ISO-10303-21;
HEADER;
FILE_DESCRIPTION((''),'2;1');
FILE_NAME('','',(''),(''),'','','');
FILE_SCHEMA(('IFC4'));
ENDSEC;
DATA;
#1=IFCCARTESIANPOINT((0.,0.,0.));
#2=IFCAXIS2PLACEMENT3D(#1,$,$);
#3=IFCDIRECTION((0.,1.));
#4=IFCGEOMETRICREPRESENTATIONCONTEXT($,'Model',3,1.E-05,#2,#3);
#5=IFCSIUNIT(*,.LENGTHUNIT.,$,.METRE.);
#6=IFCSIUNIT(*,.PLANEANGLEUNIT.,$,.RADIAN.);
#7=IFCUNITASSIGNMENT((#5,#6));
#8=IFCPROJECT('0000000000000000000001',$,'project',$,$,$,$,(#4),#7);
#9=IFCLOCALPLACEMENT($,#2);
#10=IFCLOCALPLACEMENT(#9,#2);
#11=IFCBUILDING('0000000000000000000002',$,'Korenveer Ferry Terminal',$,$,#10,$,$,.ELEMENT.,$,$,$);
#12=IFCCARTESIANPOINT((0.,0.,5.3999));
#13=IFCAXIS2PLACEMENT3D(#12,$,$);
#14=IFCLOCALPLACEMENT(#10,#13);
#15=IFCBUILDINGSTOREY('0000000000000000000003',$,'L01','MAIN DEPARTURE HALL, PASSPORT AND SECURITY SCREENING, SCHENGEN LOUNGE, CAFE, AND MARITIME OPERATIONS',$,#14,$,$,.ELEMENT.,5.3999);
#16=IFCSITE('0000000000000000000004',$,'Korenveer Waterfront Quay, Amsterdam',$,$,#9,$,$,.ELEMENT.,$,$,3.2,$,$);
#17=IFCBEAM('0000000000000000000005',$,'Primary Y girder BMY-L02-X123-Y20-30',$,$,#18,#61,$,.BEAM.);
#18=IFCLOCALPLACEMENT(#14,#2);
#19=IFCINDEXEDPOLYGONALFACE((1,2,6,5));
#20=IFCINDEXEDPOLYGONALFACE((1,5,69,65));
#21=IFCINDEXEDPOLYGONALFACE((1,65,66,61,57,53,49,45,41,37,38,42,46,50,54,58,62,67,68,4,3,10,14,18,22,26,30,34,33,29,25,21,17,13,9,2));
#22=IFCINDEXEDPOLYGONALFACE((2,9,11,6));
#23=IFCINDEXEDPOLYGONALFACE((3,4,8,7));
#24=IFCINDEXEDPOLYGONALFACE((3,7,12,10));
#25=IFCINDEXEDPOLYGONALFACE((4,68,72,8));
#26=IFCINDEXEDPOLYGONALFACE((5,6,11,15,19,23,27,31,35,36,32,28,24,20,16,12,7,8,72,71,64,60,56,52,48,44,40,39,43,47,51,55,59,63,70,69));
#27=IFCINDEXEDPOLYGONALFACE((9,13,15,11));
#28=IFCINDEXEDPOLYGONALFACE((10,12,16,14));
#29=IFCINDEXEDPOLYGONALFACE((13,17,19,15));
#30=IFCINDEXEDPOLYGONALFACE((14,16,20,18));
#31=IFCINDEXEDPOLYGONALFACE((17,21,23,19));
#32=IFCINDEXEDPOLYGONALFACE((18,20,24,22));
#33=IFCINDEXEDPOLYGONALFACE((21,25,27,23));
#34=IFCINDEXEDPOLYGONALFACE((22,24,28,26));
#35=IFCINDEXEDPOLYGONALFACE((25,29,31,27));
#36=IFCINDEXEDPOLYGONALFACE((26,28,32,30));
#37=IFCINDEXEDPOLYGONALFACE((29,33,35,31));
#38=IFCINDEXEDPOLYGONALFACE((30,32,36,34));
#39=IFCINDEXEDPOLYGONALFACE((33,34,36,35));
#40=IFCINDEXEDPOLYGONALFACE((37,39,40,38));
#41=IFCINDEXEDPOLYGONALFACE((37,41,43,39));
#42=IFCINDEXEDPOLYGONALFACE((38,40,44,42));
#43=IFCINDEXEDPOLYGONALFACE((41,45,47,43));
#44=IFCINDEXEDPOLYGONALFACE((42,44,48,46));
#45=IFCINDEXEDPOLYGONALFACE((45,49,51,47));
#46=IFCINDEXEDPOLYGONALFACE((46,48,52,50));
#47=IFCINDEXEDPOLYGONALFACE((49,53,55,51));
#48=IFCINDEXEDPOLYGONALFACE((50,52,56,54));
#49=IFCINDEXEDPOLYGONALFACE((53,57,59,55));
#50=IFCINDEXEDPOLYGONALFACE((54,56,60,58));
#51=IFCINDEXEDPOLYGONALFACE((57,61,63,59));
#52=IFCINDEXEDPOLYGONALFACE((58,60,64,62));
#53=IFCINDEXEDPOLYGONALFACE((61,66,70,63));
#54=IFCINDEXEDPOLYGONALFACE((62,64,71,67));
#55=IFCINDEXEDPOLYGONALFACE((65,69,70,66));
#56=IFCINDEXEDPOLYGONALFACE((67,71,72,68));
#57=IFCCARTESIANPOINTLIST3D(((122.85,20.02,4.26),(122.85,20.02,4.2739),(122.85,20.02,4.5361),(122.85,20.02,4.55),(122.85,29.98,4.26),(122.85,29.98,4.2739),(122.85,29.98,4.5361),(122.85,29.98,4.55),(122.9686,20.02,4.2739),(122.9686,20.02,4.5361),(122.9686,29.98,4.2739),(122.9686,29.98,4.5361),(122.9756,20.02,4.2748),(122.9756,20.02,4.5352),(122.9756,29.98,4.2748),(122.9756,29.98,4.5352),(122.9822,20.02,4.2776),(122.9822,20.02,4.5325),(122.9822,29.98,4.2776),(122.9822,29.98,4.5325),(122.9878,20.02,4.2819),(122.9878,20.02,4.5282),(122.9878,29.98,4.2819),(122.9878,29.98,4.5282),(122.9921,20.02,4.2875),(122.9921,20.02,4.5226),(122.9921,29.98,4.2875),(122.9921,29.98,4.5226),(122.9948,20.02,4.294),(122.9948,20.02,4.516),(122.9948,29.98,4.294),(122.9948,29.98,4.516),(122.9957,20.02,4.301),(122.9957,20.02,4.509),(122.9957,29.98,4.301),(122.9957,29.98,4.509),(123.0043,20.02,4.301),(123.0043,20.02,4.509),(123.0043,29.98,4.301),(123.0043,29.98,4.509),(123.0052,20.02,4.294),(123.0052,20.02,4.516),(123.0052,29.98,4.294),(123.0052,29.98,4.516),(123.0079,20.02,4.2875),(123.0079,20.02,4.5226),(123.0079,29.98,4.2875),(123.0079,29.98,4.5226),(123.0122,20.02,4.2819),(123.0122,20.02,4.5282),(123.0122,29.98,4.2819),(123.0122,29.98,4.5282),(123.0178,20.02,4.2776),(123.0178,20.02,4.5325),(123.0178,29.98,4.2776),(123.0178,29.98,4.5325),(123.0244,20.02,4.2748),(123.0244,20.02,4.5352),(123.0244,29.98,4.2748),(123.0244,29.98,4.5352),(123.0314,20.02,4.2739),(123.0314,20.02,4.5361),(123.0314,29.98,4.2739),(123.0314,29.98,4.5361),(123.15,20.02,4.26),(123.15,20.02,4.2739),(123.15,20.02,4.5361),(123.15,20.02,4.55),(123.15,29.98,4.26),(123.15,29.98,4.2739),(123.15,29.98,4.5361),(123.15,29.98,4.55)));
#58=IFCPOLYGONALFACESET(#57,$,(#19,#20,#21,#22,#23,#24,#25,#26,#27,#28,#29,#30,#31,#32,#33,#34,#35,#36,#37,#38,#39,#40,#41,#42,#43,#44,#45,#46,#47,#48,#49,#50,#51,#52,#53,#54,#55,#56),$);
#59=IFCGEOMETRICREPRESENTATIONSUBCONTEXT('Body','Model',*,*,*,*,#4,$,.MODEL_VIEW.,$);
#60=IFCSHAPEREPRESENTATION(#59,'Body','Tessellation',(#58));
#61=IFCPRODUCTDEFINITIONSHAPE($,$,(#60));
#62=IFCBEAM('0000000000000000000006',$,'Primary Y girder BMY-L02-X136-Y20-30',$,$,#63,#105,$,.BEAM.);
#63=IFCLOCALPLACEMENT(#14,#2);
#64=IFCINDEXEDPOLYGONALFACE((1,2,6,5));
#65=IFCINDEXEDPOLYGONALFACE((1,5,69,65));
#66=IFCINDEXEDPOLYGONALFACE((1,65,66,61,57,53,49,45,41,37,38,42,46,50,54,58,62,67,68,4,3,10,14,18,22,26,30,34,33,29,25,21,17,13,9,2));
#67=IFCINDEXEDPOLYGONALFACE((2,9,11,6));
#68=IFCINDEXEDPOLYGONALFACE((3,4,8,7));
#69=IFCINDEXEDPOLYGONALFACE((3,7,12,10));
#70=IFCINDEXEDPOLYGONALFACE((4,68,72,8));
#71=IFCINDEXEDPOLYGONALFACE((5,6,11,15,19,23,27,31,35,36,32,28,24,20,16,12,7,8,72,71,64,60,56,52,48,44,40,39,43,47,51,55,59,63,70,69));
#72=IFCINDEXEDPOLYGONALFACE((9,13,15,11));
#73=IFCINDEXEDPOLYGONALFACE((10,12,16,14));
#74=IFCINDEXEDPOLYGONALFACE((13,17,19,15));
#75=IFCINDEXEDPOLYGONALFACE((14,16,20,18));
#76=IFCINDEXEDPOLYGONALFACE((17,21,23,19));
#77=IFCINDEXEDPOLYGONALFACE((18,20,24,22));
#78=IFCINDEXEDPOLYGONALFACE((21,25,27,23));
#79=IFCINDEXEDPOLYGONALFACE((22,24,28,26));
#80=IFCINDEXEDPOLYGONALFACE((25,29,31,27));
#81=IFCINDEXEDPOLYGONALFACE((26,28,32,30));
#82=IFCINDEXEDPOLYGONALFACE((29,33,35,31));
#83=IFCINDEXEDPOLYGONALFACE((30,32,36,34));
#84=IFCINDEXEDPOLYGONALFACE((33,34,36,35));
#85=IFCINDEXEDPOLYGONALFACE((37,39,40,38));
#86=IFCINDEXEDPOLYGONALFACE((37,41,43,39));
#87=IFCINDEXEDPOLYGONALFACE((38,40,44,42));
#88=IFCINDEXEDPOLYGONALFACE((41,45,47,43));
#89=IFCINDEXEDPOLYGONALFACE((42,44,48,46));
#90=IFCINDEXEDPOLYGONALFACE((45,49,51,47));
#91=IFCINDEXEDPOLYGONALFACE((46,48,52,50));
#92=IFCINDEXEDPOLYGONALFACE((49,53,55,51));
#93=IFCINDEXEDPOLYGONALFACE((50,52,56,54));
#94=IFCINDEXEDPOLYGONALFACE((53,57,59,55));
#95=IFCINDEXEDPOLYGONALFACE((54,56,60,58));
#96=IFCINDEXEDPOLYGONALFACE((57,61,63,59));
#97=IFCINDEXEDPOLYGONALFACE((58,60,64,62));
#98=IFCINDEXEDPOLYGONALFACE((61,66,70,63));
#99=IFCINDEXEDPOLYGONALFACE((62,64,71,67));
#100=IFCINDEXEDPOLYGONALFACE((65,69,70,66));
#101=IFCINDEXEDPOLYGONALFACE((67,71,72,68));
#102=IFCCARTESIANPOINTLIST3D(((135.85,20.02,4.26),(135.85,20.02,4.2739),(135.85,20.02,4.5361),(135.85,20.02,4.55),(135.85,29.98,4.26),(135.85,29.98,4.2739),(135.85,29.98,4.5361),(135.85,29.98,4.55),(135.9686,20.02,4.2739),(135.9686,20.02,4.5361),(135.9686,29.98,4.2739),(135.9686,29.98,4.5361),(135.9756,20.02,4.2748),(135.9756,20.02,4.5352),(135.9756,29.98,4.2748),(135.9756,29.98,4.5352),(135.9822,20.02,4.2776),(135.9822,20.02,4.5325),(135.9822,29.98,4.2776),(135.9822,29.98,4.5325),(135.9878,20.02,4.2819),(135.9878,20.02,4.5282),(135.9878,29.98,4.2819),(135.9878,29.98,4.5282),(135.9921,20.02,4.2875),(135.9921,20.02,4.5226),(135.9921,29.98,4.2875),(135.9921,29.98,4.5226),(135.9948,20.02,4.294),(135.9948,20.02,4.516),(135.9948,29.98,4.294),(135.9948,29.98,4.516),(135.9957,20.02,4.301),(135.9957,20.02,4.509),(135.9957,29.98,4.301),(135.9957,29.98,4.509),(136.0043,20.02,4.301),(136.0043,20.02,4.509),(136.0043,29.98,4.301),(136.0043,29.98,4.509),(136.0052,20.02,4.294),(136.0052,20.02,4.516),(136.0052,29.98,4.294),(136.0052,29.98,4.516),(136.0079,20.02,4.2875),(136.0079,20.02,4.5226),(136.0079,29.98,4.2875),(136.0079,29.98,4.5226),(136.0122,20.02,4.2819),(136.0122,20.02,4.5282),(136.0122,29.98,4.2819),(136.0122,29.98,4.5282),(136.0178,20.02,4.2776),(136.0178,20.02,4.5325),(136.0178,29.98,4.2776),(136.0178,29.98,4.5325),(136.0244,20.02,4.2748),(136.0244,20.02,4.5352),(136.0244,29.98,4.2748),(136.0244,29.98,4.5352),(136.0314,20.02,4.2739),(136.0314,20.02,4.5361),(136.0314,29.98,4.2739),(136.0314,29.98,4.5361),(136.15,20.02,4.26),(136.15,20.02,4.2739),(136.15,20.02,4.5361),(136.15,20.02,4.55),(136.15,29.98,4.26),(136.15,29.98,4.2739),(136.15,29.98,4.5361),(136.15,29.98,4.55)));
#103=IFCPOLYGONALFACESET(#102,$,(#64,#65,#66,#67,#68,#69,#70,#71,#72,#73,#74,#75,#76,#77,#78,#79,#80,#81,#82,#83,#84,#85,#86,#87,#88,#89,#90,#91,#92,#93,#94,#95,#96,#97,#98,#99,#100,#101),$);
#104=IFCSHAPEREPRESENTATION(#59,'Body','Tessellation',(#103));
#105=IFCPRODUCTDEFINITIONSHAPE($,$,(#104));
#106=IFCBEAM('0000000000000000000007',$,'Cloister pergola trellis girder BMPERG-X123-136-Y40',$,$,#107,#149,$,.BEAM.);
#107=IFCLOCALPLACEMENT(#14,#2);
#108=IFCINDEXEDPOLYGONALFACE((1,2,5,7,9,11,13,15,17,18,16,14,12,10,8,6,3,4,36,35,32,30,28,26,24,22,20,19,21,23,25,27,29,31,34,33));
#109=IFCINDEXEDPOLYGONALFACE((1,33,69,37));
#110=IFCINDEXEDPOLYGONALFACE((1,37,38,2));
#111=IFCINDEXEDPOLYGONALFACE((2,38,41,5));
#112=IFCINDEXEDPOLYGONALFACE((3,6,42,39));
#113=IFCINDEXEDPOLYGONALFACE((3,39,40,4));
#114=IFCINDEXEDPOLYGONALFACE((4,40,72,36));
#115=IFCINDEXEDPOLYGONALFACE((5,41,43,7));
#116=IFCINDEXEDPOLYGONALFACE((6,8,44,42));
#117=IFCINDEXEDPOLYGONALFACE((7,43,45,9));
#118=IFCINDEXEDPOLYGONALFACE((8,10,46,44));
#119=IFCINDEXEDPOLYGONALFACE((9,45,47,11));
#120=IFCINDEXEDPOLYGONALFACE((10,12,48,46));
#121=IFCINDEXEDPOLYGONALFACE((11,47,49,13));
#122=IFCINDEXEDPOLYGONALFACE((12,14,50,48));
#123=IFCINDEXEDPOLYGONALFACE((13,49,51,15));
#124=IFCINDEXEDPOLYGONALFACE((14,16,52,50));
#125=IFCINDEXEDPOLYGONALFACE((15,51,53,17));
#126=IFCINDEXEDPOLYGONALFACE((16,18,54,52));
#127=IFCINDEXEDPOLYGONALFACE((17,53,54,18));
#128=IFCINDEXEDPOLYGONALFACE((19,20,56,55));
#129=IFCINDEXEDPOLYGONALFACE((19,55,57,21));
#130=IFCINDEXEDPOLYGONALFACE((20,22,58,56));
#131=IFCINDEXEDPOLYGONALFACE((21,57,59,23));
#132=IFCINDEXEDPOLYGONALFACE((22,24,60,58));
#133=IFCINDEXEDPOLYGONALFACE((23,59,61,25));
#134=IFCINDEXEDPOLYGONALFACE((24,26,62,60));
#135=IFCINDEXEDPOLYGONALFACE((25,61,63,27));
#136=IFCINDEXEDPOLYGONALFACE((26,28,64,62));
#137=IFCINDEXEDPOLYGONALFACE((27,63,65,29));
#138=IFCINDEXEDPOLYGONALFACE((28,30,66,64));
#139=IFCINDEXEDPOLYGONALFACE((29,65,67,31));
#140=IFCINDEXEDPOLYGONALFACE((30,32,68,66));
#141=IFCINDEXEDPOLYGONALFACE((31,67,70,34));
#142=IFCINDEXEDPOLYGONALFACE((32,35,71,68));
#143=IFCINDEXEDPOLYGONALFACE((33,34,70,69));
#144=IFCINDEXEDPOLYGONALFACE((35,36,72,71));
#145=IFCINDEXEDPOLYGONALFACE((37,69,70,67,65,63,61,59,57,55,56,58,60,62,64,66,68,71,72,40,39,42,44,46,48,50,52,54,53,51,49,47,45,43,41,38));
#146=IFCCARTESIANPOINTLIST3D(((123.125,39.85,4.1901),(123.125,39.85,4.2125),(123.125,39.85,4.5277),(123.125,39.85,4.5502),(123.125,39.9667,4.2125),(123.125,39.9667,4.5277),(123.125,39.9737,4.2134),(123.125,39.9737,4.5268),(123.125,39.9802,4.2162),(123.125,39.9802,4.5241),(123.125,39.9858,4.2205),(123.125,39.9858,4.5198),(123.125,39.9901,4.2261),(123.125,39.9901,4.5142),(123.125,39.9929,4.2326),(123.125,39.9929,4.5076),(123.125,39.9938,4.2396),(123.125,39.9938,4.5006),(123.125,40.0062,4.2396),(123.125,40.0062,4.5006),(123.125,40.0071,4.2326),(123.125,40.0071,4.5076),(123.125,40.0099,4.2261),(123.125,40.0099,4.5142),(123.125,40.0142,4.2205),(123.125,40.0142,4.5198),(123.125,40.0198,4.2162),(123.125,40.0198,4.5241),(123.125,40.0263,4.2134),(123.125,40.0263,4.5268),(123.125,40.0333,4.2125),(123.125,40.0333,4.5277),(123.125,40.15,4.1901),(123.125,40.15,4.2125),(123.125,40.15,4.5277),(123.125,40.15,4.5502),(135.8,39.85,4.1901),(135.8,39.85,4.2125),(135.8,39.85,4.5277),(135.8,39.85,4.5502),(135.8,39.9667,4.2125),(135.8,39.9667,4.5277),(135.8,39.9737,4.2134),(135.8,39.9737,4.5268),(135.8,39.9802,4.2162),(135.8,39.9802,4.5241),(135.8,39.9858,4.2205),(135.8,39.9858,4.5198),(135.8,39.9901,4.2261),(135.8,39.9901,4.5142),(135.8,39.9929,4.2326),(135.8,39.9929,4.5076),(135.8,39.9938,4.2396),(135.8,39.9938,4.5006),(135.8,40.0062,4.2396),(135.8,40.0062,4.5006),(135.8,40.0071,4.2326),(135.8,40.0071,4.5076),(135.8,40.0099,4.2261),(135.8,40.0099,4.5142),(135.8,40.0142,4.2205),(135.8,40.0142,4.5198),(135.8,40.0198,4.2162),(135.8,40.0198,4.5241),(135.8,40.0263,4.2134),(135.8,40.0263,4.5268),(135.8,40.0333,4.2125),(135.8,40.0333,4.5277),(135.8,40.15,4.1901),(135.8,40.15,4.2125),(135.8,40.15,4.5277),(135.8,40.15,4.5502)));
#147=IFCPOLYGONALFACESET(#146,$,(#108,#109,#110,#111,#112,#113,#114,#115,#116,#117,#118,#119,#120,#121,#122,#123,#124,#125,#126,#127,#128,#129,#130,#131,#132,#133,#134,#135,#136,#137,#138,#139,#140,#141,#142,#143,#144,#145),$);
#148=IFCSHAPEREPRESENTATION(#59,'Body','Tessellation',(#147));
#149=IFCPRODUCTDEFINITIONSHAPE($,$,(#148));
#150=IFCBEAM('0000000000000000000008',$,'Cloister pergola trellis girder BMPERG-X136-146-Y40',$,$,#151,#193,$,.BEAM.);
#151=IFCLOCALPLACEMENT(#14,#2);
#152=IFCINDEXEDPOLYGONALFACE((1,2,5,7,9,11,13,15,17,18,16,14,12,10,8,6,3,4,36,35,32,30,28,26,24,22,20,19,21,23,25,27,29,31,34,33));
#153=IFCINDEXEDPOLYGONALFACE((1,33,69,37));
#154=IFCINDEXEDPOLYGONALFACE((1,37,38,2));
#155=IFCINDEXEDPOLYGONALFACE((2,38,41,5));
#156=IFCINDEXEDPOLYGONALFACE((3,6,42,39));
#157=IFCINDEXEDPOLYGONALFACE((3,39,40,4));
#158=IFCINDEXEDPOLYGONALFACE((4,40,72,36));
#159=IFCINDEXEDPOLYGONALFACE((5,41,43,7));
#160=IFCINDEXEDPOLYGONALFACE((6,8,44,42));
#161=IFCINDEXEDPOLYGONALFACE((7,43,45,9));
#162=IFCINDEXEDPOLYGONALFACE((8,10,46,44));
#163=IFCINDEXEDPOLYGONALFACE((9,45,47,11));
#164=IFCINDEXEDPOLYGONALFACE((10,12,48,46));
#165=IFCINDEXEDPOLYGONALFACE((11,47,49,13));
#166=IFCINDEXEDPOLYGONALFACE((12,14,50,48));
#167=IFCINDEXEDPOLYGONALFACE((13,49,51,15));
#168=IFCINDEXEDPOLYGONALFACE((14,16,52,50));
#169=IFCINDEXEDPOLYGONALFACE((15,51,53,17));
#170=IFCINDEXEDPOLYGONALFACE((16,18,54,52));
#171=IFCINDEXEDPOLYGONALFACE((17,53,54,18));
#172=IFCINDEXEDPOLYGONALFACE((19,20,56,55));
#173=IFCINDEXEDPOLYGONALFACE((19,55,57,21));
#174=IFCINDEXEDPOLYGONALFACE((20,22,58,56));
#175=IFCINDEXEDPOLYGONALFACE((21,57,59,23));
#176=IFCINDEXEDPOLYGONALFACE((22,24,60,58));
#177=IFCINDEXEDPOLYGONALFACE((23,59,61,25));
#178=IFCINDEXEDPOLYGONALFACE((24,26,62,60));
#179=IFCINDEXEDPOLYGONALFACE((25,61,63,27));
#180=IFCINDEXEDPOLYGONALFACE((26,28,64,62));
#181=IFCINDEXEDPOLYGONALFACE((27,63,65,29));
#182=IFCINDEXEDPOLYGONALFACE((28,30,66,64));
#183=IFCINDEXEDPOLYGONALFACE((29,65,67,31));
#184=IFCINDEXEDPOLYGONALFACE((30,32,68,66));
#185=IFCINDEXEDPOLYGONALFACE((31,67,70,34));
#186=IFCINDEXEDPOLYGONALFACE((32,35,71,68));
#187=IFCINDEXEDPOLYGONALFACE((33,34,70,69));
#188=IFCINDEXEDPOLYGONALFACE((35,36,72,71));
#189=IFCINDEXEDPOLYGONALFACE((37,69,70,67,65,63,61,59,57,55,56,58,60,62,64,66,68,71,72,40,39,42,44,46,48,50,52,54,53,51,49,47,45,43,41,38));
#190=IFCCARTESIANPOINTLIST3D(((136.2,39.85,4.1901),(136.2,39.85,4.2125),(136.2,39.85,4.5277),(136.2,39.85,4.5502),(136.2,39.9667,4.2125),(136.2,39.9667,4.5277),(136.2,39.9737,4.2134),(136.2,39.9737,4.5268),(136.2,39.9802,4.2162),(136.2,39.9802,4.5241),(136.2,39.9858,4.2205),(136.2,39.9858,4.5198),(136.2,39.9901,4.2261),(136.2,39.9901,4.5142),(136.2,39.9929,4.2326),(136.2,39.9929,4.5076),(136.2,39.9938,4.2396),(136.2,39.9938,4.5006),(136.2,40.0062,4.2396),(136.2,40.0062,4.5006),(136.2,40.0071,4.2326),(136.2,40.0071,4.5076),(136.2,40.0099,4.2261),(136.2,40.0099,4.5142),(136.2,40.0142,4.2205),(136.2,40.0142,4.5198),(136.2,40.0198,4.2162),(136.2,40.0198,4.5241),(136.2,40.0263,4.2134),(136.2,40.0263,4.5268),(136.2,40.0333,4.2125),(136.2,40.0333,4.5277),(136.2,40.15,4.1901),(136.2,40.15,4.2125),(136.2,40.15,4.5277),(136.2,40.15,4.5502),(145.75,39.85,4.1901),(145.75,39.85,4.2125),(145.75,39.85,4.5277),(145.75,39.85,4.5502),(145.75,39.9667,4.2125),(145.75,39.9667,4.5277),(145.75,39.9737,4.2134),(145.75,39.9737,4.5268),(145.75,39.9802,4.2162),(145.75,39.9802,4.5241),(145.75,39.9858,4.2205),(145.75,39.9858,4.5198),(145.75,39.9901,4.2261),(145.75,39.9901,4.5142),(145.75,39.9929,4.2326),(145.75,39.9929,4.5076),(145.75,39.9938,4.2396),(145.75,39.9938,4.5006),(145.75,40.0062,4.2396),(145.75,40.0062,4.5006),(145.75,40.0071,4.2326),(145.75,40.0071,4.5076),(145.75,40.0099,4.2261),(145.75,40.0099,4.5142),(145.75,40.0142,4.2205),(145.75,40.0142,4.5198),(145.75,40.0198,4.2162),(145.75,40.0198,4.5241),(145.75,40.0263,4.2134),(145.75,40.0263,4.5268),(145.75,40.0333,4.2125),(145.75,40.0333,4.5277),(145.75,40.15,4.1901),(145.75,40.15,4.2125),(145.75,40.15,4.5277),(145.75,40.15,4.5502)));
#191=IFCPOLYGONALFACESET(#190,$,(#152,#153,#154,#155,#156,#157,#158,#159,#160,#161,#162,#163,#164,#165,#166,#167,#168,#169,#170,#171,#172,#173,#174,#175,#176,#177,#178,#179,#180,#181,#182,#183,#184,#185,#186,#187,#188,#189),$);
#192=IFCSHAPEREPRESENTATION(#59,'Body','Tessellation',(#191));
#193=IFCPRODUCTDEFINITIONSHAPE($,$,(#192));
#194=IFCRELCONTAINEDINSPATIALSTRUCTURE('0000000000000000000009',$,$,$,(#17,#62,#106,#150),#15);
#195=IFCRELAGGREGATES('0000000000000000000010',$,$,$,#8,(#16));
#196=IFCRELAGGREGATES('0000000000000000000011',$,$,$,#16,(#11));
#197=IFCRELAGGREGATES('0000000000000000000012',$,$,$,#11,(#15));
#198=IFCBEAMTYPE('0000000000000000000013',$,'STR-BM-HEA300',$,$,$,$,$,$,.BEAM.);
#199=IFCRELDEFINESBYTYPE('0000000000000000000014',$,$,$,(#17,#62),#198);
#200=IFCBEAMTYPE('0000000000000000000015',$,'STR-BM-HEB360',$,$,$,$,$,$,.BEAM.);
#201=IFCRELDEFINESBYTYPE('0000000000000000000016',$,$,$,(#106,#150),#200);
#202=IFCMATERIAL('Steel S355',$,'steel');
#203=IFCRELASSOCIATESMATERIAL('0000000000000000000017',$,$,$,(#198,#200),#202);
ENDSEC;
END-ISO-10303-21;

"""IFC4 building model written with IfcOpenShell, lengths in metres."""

from ifc_helpers import new_model, si_unit, direction, frame, origin, origin_2d, place, context, subcontext, project, spatial, i_section, extrude, material, material_profile, profile_set, type_object, element, save


model = new_model("IFC4")

# Units and contexts
model_context = context("Model", 3, precision=1e-05, world=origin(), true_north=direction((0.0, 1.0)))
body_context = subcontext(model_context, "Body", "Model", "MODEL_VIEW")
ifc_project = project(units=[si_unit("LENGTHUNIT", "METRE"), si_unit("PLANEANGLEUNIT", "RADIAN")], contexts=[model_context])

# Site, building, storey
site_placement = place(None, origin())
site = spatial("IfcSite", under=ifc_project, at=site_placement, Name="Korenveer Waterfront Quay, Amsterdam", CompositionType="ELEMENT", RefElevation=3.2)
building_placement = place(site_placement, origin())
building = spatial("IfcBuilding", under=site, at=building_placement, Name="Korenveer Ferry Terminal", CompositionType="ELEMENT")
storey_placement = place(building_placement, frame((0.0, 0.0, 5.3999)))
storey = spatial("IfcBuildingStorey", under=building, at=storey_placement, Name="L01", Description="MAIN DEPARTURE HALL, PASSPORT AND SECURITY SCREENING, SCHENGEN LOUNGE, CAFE, AND MARITIME OPERATIONS", CompositionType="ELEMENT", Elevation=5.3999)

# Shared definitions
ifc_material_1 = material(Name="Steel S355", Category="steel")

# Beams
ifc_material_profile_1 = material_profile(ifc_material_1, i_section(OverallWidth=0.3, OverallDepth=0.29, WebThickness=0.0085, FlangeThickness=0.0139, FilletRadius=0.0271, at=origin_2d()), Name="HEA 300")
ifc_profile_set_1 = profile_set([ifc_material_profile_1], Name="Steel S355")
beam_type_1 = type_object("IfcBeamType", Name="STR-BM-HEA300", PredefinedType="BEAM", material=ifc_profile_set_1)
for number, where, z_axis, x_axis, name in (
    (1, (123.0, 20.02, 4.405), (0.0, 1.0, 0.0), (-1.0, 0.0, 0.0), "Primary Y girder BMY-L02-X123-Y20-30"),
    (2, (136.0, 20.02, 4.405), (0.0, 1.0, 0.0), (-1.0, 0.0, 0.0), "Primary Y girder BMY-L02-X136-Y20-30"),
):
    element("IfcBeam", number, at=place(storey_placement, frame(where, z_axis=z_axis, x_axis=x_axis)), inside=storey, type_object=beam_type_1, Name=name, PredefinedType="BEAM", context=body_context, shape_type="SweptSolid", body=[
        extrude(i_section(OverallWidth=0.3, OverallDepth=0.29, WebThickness=0.0085, FlangeThickness=0.0139, FilletRadius=0.0271, at=origin_2d()), origin(), (0.0, 0.0, 1.0), 9.96),
    ])
ifc_material_profile_2 = material_profile(ifc_material_1, i_section(OverallWidth=0.3, OverallDepth=0.3601, WebThickness=0.0125, FlangeThickness=0.0225, FilletRadius=0.0271, at=origin_2d()), Name="HEB 360")
ifc_profile_set_2 = profile_set([ifc_material_profile_2], Name="Steel S355")
beam_type_2 = type_object("IfcBeamType", Name="STR-BM-HEB360", PredefinedType="BEAM", material=ifc_profile_set_2)
beam_1_placement = place(storey_placement, frame((123.125, 40.0, 4.3701), z_axis=(1.0, 0.0, 0.0), x_axis=(0.0, 1.0, 0.0)))
element("IfcBeam", 3, at=beam_1_placement, inside=storey, type_object=beam_type_2, Name="Cloister pergola trellis girder BMPERG-X123-136-Y40", PredefinedType="BEAM", context=body_context, shape_type="SweptSolid", body=[
    extrude(i_section(OverallWidth=0.3, OverallDepth=0.3601, WebThickness=0.0125, FlangeThickness=0.0225, FilletRadius=0.0271, at=origin_2d()), origin(), (0.0, 0.0, 1.0), 12.675),
])
beam_2_placement = place(storey_placement, frame((136.2, 40.0, 4.3701), z_axis=(1.0, 0.0, 0.0), x_axis=(0.0, 1.0, 0.0)))
element("IfcBeam", 4, at=beam_2_placement, inside=storey, type_object=beam_type_2, Name="Cloister pergola trellis girder BMPERG-X136-146-Y40", PredefinedType="BEAM", context=body_context, shape_type="SweptSolid", body=[
    extrude(i_section(OverallWidth=0.3, OverallDepth=0.3601, WebThickness=0.0125, FlangeThickness=0.0225, FilletRadius=0.0271, at=origin_2d()), origin(), (0.0, 0.0, 1.0), 9.55),
])

save(model, "model.ifc")
